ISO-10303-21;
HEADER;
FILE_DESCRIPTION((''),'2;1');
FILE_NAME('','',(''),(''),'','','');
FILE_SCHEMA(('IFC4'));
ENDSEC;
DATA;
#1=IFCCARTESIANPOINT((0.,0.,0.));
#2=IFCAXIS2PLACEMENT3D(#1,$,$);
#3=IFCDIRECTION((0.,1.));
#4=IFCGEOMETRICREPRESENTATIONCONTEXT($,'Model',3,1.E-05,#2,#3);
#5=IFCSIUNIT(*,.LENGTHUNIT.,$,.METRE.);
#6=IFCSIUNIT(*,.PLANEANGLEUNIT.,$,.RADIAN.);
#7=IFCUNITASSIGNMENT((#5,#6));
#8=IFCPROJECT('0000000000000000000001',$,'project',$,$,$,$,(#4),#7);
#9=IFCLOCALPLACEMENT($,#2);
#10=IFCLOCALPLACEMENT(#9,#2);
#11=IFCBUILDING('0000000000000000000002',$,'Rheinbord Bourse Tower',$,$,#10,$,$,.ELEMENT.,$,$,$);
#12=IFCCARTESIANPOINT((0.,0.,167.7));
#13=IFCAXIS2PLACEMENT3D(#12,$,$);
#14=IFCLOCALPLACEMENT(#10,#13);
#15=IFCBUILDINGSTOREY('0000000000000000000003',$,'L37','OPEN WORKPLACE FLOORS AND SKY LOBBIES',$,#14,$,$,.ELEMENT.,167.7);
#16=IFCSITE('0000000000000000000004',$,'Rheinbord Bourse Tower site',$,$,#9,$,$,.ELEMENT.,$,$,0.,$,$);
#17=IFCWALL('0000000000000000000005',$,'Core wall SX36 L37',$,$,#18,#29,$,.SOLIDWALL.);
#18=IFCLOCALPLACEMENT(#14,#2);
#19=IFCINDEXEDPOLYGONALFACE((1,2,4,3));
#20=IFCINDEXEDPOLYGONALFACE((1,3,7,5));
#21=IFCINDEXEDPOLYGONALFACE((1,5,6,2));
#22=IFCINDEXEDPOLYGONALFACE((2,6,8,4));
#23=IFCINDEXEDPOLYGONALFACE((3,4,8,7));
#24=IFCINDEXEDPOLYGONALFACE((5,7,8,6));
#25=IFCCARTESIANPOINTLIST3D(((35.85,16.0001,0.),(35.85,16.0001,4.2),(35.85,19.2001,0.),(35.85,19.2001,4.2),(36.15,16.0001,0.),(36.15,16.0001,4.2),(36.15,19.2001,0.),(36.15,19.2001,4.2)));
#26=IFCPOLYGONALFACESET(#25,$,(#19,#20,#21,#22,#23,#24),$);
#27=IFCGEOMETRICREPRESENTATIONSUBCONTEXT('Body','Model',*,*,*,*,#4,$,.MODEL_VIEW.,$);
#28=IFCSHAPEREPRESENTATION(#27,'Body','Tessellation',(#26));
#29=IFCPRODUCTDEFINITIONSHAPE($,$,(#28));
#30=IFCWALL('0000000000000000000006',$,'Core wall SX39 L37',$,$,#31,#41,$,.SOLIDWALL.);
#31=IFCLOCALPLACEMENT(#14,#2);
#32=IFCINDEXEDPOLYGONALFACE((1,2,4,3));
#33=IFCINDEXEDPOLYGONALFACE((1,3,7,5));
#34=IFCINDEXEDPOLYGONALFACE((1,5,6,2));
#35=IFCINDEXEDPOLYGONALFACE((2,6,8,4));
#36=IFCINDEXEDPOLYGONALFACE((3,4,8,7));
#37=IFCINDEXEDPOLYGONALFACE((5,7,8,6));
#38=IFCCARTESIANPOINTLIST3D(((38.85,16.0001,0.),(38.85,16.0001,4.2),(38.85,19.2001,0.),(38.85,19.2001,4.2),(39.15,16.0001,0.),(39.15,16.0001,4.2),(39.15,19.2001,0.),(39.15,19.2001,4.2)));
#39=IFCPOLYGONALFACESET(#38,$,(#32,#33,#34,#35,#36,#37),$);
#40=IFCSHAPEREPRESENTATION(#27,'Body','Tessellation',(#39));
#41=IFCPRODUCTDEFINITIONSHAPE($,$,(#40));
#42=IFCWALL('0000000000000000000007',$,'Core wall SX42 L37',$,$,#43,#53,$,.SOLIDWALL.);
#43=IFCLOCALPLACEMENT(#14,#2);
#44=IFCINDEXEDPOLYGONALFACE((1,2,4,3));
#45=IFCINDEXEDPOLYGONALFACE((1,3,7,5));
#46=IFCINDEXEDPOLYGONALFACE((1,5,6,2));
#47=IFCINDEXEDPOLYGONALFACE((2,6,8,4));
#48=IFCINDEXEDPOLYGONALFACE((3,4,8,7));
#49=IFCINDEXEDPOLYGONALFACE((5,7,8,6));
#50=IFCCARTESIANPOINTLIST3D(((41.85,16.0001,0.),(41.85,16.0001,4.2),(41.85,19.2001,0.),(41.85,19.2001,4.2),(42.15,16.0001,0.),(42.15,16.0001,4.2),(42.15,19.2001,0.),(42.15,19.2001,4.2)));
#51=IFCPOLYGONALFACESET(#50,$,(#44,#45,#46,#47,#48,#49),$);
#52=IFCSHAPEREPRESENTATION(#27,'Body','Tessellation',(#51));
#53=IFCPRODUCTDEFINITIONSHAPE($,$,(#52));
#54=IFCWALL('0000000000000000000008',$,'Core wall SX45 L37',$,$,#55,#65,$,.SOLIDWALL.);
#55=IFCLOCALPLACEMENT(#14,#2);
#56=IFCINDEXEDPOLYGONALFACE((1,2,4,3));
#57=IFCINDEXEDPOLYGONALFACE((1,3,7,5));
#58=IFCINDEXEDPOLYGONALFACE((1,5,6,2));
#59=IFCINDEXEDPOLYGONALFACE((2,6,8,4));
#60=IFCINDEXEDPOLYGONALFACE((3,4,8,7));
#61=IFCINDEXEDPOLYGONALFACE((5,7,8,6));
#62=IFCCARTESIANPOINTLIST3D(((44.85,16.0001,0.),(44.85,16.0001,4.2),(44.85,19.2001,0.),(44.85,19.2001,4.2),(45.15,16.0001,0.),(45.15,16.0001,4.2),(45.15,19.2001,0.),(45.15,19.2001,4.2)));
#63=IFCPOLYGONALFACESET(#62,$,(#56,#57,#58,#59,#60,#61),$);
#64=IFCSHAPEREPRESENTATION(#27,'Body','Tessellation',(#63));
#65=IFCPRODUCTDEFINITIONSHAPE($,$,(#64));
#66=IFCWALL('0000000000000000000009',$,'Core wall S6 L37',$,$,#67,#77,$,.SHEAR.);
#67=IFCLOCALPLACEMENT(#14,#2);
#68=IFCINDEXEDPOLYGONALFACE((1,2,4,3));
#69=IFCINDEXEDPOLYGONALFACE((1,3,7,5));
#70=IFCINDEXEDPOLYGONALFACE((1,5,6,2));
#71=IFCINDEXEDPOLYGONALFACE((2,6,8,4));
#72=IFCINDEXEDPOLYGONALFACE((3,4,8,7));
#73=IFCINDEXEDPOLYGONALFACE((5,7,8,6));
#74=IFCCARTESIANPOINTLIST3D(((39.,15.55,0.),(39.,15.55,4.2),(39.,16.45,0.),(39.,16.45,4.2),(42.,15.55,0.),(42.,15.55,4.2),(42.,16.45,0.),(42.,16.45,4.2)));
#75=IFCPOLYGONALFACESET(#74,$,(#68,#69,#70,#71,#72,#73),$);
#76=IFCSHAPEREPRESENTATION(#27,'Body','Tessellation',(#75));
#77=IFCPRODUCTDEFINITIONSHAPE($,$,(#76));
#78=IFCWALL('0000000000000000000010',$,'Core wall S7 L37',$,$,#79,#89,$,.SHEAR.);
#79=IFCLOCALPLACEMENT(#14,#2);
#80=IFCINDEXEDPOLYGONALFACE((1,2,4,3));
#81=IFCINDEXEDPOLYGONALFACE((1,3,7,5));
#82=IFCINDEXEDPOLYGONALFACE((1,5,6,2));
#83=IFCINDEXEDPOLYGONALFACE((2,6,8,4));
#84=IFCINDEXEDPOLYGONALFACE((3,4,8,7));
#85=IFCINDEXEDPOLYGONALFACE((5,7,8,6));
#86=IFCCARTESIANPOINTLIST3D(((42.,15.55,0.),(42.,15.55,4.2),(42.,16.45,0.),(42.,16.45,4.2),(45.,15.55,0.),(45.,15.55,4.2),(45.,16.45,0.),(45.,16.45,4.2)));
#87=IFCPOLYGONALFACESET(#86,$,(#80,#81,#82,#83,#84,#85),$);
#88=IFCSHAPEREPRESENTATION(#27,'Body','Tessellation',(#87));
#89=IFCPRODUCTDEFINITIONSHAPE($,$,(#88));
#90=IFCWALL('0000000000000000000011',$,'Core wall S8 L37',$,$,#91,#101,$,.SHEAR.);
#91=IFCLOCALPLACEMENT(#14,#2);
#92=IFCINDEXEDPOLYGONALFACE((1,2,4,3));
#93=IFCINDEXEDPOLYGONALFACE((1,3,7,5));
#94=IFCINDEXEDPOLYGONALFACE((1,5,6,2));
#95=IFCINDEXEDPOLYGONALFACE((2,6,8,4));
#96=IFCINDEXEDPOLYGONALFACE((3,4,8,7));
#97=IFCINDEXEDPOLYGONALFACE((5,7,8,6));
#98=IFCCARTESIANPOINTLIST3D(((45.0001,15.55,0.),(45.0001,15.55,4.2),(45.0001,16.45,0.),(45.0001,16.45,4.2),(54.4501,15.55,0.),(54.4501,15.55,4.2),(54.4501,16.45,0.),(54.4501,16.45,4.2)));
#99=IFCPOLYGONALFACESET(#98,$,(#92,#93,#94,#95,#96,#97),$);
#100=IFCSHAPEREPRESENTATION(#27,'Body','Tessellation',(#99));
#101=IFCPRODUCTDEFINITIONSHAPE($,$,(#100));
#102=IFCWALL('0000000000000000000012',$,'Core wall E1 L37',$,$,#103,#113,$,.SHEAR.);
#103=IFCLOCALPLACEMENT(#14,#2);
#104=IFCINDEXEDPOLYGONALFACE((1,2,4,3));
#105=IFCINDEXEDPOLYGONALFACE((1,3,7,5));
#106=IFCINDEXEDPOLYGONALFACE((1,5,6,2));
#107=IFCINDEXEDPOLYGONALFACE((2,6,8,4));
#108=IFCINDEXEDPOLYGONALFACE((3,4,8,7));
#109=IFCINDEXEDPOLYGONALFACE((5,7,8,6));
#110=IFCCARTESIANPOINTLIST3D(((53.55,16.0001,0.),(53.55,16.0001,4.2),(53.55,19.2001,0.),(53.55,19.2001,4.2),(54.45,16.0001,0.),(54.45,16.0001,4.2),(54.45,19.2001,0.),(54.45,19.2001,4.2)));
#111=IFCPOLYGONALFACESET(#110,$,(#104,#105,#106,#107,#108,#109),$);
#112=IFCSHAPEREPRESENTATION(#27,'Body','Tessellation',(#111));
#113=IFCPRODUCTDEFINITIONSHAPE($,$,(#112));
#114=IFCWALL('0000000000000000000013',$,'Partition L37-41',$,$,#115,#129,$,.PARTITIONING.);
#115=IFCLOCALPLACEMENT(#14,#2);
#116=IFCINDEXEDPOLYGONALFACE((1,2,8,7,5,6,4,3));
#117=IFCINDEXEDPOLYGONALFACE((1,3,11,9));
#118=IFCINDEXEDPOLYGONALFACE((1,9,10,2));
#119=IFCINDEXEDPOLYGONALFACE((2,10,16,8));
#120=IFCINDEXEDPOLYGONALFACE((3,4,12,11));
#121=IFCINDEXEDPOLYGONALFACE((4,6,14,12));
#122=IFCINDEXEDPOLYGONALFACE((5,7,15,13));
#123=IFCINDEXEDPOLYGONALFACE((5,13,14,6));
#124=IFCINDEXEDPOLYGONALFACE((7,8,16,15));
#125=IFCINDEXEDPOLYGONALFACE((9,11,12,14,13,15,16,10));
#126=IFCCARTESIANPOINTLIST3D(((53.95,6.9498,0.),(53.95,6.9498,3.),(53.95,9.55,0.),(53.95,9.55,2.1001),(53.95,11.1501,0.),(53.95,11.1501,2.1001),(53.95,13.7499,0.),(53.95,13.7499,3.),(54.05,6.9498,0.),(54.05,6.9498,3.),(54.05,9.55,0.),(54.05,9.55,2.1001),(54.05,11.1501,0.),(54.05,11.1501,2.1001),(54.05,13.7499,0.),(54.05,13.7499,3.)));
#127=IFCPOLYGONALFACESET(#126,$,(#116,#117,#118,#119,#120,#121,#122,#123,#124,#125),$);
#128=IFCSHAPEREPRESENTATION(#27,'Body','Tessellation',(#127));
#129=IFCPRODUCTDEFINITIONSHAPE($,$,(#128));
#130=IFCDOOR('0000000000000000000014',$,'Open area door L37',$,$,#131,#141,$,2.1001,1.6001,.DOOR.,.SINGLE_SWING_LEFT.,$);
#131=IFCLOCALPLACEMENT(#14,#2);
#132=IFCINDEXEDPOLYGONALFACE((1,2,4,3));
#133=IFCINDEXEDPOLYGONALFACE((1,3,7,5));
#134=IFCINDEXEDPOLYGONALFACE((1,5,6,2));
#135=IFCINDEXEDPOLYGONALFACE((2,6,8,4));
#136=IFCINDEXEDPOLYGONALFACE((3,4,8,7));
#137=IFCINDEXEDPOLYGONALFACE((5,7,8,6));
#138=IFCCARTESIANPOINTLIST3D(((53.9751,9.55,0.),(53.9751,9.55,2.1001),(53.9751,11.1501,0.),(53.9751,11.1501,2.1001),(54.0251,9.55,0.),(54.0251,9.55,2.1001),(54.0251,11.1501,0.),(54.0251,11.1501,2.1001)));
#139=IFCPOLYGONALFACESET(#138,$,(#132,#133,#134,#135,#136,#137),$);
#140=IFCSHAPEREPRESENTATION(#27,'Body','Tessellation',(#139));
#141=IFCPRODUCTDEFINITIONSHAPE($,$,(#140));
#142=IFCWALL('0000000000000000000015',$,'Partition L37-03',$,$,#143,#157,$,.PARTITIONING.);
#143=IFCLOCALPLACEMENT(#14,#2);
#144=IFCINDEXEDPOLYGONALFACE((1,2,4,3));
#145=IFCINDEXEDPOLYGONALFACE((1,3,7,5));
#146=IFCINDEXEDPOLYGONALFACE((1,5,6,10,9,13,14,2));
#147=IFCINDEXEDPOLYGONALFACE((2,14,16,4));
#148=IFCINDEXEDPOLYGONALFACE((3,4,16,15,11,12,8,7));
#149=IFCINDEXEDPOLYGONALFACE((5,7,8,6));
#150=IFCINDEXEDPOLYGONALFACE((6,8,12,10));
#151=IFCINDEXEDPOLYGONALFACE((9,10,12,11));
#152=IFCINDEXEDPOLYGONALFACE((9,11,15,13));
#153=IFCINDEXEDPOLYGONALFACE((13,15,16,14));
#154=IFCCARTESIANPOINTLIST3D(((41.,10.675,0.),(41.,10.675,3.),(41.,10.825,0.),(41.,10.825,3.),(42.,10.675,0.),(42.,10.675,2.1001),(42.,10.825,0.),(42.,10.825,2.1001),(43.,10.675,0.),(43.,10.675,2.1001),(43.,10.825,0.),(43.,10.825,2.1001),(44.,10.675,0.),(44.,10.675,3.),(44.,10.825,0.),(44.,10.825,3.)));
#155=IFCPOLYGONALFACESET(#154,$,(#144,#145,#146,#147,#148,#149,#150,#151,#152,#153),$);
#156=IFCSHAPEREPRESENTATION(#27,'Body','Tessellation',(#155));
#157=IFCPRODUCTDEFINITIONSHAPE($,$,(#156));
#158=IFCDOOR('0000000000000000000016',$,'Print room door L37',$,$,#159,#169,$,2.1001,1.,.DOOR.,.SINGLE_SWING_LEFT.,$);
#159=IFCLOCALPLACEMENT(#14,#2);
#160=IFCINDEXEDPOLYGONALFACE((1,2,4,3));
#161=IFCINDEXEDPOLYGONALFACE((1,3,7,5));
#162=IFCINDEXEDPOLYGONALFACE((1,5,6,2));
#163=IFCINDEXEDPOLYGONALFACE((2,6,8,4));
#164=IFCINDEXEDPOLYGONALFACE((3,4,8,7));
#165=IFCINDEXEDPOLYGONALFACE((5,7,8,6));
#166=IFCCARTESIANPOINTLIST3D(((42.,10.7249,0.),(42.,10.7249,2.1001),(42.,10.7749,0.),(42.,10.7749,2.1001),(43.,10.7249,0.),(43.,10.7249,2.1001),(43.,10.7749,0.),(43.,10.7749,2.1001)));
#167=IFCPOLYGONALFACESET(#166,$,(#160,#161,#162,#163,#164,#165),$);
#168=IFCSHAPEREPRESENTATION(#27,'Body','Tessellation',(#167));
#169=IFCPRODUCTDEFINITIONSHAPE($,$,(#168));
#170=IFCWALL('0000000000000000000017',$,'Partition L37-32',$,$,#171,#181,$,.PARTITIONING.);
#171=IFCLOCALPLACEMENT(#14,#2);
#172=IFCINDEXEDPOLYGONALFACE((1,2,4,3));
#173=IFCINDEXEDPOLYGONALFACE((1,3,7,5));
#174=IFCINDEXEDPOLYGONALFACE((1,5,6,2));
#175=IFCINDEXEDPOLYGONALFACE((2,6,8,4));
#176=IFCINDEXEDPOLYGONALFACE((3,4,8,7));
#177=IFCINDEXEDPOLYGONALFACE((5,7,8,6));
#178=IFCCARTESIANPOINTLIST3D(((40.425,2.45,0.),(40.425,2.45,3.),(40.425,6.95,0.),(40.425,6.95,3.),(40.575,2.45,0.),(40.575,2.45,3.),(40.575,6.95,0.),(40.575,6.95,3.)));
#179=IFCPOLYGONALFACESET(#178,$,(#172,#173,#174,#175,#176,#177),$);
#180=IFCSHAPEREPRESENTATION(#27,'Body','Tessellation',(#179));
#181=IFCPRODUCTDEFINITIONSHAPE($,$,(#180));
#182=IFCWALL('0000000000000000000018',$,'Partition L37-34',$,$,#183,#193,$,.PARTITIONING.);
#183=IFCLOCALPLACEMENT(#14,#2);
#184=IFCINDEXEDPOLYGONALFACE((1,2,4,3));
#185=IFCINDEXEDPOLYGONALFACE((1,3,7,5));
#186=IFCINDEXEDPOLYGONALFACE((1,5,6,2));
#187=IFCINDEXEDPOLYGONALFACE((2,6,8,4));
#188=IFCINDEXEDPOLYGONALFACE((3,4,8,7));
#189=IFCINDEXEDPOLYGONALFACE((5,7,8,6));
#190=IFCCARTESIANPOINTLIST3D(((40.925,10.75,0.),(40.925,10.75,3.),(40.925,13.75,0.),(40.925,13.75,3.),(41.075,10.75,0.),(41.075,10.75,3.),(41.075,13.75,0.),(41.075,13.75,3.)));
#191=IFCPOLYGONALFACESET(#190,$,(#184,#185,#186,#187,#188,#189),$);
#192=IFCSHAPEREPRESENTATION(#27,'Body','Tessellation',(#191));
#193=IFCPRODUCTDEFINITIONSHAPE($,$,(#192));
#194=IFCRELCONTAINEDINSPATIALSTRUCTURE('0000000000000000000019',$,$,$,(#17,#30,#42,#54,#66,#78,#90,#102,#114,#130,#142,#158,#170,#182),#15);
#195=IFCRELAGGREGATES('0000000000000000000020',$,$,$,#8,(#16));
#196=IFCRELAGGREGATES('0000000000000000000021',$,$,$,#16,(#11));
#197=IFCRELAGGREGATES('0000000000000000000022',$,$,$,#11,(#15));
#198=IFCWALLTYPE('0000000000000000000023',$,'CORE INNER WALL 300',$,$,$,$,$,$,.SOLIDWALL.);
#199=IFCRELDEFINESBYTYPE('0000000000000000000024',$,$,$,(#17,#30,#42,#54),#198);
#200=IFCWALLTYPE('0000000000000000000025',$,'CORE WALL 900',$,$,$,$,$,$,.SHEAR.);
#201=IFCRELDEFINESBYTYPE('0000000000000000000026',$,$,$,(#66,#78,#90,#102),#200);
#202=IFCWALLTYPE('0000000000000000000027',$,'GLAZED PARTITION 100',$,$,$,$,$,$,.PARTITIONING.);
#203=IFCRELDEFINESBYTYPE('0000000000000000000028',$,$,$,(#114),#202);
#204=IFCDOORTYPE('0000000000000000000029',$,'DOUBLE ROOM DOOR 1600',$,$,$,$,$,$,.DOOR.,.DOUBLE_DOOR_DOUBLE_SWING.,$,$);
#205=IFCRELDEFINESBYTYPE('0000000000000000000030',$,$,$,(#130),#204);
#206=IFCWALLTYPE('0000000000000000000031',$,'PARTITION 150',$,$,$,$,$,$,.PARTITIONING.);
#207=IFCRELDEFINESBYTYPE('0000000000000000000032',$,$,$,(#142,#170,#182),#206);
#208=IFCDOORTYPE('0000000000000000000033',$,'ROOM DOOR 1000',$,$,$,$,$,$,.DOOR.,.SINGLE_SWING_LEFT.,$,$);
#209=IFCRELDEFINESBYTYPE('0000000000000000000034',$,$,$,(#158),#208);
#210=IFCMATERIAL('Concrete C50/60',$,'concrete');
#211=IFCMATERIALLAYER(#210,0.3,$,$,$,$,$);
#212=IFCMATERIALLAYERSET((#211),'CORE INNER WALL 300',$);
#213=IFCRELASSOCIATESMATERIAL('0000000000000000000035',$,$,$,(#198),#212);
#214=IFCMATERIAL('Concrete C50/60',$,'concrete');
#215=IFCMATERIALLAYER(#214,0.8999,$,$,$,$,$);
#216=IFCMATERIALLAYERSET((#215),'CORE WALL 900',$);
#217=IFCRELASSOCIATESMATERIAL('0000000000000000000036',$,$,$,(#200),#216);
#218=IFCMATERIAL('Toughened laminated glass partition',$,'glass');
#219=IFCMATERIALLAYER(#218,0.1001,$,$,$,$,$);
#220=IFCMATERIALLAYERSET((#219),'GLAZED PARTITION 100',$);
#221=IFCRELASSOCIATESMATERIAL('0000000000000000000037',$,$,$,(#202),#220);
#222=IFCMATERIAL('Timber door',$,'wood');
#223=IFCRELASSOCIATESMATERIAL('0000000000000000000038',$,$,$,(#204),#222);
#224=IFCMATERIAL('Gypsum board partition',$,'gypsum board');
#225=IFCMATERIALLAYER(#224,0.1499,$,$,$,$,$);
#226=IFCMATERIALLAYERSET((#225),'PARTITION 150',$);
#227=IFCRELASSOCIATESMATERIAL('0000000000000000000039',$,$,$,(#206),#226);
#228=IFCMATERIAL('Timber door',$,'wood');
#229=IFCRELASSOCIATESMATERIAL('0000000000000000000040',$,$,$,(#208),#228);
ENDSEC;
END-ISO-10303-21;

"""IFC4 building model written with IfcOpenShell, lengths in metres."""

from ifc_helpers import new_model, si_unit, direction, frame, frame_2d, origin, place, context, subcontext, project, spatial, rectangle, extrude, material, layer, layer_set, type_object, element, fill, save


model = new_model("IFC4")

# Units and contexts
model_context = context("Model", 3, precision=1e-05, world=origin(), true_north=direction((0.0, 1.0)))
body_context = subcontext(model_context, "Body", "Model", "MODEL_VIEW")
ifc_project = project(units=[si_unit("LENGTHUNIT", "METRE"), si_unit("PLANEANGLEUNIT", "RADIAN")], contexts=[model_context])

# Site, building, storey
site_placement = place(None, origin())
site = spatial("IfcSite", under=ifc_project, at=site_placement, Name="Rheinbord Bourse Tower site", CompositionType="ELEMENT", RefElevation=0.0)
building_placement = place(site_placement, origin())
building = spatial("IfcBuilding", under=site, at=building_placement, Name="Rheinbord Bourse Tower", CompositionType="ELEMENT")
storey_placement = place(building_placement, frame((0.0, 0.0, 167.7)))
storey = spatial("IfcBuildingStorey", under=building, at=storey_placement, Name="L37", Description="OPEN WORKPLACE FLOORS AND SKY LOBBIES", CompositionType="ELEMENT", Elevation=167.7)

# Walls
ifc_material_1 = material(Name="Concrete C50/60", Category="concrete")
ifc_layer_1 = layer(ifc_material_1, 0.3)
ifc_layer_set_1 = layer_set([ifc_layer_1], Name="CORE INNER WALL 300")
wall_type_1 = type_object("IfcWallType", Name="CORE INNER WALL 300", PredefinedType="SOLIDWALL", material=ifc_layer_set_1)
for number, where, z_axis, x_axis, name in (
    (1, (36.0, 16.0, 0.0), (0.0, 0.0, 1.0), (0.0, 1.0, 0.0), "Core wall SX36 L37"),
    (2, (39.0, 16.0, 0.0), (0.0, 0.0, 1.0), (0.0, 1.0, 0.0), "Core wall SX39 L37"),
    (3, (42.0, 16.0, 0.0), (0.0, 0.0, 1.0), (0.0, 1.0, 0.0), "Core wall SX42 L37"),
    (4, (45.0, 16.0, 0.0), (0.0, 0.0, 1.0), (0.0, 1.0, 0.0), "Core wall SX45 L37"),
):
    element("IfcWall", number, at=place(storey_placement, frame(where, z_axis=z_axis, x_axis=x_axis)), inside=storey, type_object=wall_type_1, Name=name, PredefinedType="SOLIDWALL", context=body_context, shape_type="SweptSolid", body=[
        extrude(rectangle(XDim=3.2, YDim=0.3, at=frame_2d((1.6001, 0.0))), origin(), (0.0, 0.0, 1.0), 4.2),
    ])
ifc_material_2 = material(Name="Concrete C50/60", Category="concrete")
ifc_layer_2 = layer(ifc_material_2, 0.8999)
ifc_layer_set_2 = layer_set([ifc_layer_2], Name="CORE WALL 900")
wall_type_2 = type_object("IfcWallType", Name="CORE WALL 900", PredefinedType="SHEAR", material=ifc_layer_set_2)
for number, where, z_axis, x_axis, name in (
    (5, (39.0, 16.0, 0.0), (0.0, 0.0, 1.0), (1.0, 0.0, 0.0), "Core wall S6 L37"),
    (6, (42.0, 16.0, 0.0), (0.0, 0.0, 1.0), (1.0, 0.0, 0.0), "Core wall S7 L37"),
):
    element("IfcWall", number, at=place(storey_placement, frame(where, z_axis=z_axis, x_axis=x_axis)), inside=storey, type_object=wall_type_2, Name=name, PredefinedType="SHEAR", context=body_context, shape_type="SweptSolid", body=[
        extrude(rectangle(XDim=3.0, YDim=0.8999, at=frame_2d((1.5, 0.0))), origin(), (0.0, 0.0, 1.0), 4.2),
    ])
wall_1_placement = place(storey_placement, frame((45.0, 16.0, 0.0), z_axis=(0.0, 0.0, 1.0), x_axis=(1.0, 0.0, 0.0)))
element("IfcWall", 7, at=wall_1_placement, inside=storey, type_object=wall_type_2, Name="Core wall S8 L37", PredefinedType="SHEAR", context=body_context, shape_type="SweptSolid", body=[
    extrude(rectangle(XDim=9.45, YDim=0.8999, at=frame_2d((4.7251, 0.0))), origin(), (0.0, 0.0, 1.0), 4.2),
])
wall_2_placement = place(storey_placement, frame((54.0, 16.0, 0.0), z_axis=(0.0, 0.0, 1.0), x_axis=(0.0, 1.0, 0.0)))
element("IfcWall", 8, at=wall_2_placement, inside=storey, type_object=wall_type_2, Name="Core wall E1 L37", PredefinedType="SHEAR", context=body_context, shape_type="SweptSolid", body=[
    extrude(rectangle(XDim=3.2, YDim=0.8999, at=frame_2d((1.6001, 0.0))), origin(), (0.0, 0.0, 1.0), 4.2),
])

# Walls, openings, doors
ifc_material_3 = material(Name="Toughened laminated glass partition", Category="glass")
ifc_layer_3 = layer(ifc_material_3, 0.1001)
ifc_layer_set_3 = layer_set([ifc_layer_3], Name="GLAZED PARTITION 100")
wall_type_3 = type_object("IfcWallType", Name="GLAZED PARTITION 100", PredefinedType="PARTITIONING", material=ifc_layer_set_3)
wall_3_placement = place(storey_placement, frame((54.0, 6.95, 0.0), z_axis=(0.0, 0.0, 1.0), x_axis=(0.0, 1.0, 0.0)))
wall_3 = element("IfcWall", 9, at=wall_3_placement, inside=storey, type_object=wall_type_3, Name="Partition L37-41", PredefinedType="PARTITIONING", context=body_context, shape_type="SweptSolid", body=[
    extrude(rectangle(XDim=6.8, YDim=0.1001, at=frame_2d((3.3999, 0.0))), origin(), (0.0, 0.0, 1.0), 3.0),
])
opening_1_placement = place(wall_3_placement, frame((2.6001, 0.0, 0.0)))
opening_1 = element("IfcOpeningElement", 10, at=opening_1_placement, cuts=wall_3, PredefinedType="OPENING", context=body_context, shape_type="SweptSolid", body=[
    extrude(rectangle(XDim=1.6001, YDim=2.1001, at=frame_2d((0.8, 1.05))), frame((0.0, 0.0601, 0.0), z_axis=(0.0, -1.0, 0.0), x_axis=(1.0, 0.0, 0.0)), (0.0, 0.0, 1.0), 0.1201),
])
ifc_material_4 = material(Name="Timber door", Category="wood")
door_type_1 = type_object("IfcDoorType", Name="DOUBLE ROOM DOOR 1600", OperationType="DOUBLE_DOOR_DOUBLE_SWING", PredefinedType="DOOR", material=ifc_material_4)
door_1_placement = place(opening_1_placement, origin())
door_1 = element("IfcDoor", 11, at=door_1_placement, inside=storey, type_object=door_type_1, Name="Open area door L37", OperationType="SINGLE_SWING_LEFT", OverallHeight=2.1001, OverallWidth=1.6001, PredefinedType="DOOR", context=body_context, shape_type="SweptSolid", body=[
    extrude(rectangle(XDim=1.6001, YDim=2.1001, at=frame_2d((0.8, 1.05))), frame((0.0, 0.0249, 0.0), z_axis=(0.0, -1.0, 0.0), x_axis=(1.0, 0.0, 0.0)), (0.0, 0.0, 1.0), 0.05),
])
fill(opening_1, door_1)
ifc_material_5 = material(Name="Gypsum board partition", Category="gypsum board")
ifc_layer_4 = layer(ifc_material_5, 0.1499)
ifc_layer_set_4 = layer_set([ifc_layer_4], Name="PARTITION 150")
wall_type_4 = type_object("IfcWallType", Name="PARTITION 150", PredefinedType="PARTITIONING", material=ifc_layer_set_4)
wall_4_placement = place(storey_placement, frame((41.0, 10.75, 0.0), z_axis=(0.0, 0.0, 1.0), x_axis=(1.0, 0.0, 0.0)))
wall_4 = element("IfcWall", 12, at=wall_4_placement, inside=storey, type_object=wall_type_4, Name="Partition L37-03", PredefinedType="PARTITIONING", context=body_context, shape_type="SweptSolid", body=[
    extrude(rectangle(XDim=3.0, YDim=0.1499, at=frame_2d((1.5, 0.0))), origin(), (0.0, 0.0, 1.0), 3.0),
])
opening_2_placement = place(wall_4_placement, frame((1.0, 0.0, 0.0)))
opening_2 = element("IfcOpeningElement", 13, at=opening_2_placement, cuts=wall_4, PredefinedType="OPENING", context=body_context, shape_type="SweptSolid", body=[
    extrude(rectangle(XDim=1.0, YDim=2.1001, at=frame_2d((0.5, 1.05))), frame((0.0, 0.085, 0.0), z_axis=(0.0, -1.0, 0.0), x_axis=(1.0, 0.0, 0.0)), (0.0, 0.0, 1.0), 0.1699),
])
ifc_material_6 = material(Name="Timber door", Category="wood")
door_type_2 = type_object("IfcDoorType", Name="ROOM DOOR 1000", OperationType="SINGLE_SWING_LEFT", PredefinedType="DOOR", material=ifc_material_6)
door_2_placement = place(opening_2_placement, origin())
door_2 = element("IfcDoor", 14, at=door_2_placement, inside=storey, type_object=door_type_2, Name="Print room door L37", OperationType="SINGLE_SWING_LEFT", OverallHeight=2.1001, OverallWidth=1.0, PredefinedType="DOOR", context=body_context, shape_type="SweptSolid", body=[
    extrude(rectangle(XDim=1.0, YDim=2.1001, at=frame_2d((0.5, 1.05))), frame((0.0, 0.0249, 0.0), z_axis=(0.0, -1.0, 0.0), x_axis=(1.0, 0.0, 0.0)), (0.0, 0.0, 1.0), 0.05),
])
fill(opening_2, door_2)

# Walls
wall_5_placement = place(storey_placement, frame((40.5, 2.45, 0.0), z_axis=(0.0, 0.0, 1.0), x_axis=(0.0, 1.0, 0.0)))
element("IfcWall", 15, at=wall_5_placement, inside=storey, type_object=wall_type_4, Name="Partition L37-32", PredefinedType="PARTITIONING", context=body_context, shape_type="SweptSolid", body=[
    extrude(rectangle(XDim=4.5, YDim=0.1499, at=frame_2d((2.25, 0.0))), origin(), (0.0, 0.0, 1.0), 3.0),
])
for number, where, z_axis, x_axis, name in (
    (16, (41.0, 10.75, 0.0), (0.0, 0.0, 1.0), (0.0, 1.0, 0.0), "Partition L37-34"),
):
    element("IfcWall", number, at=place(storey_placement, frame(where, z_axis=z_axis, x_axis=x_axis)), inside=storey, type_object=wall_type_4, Name=name, PredefinedType="PARTITIONING", context=body_context, shape_type="SweptSolid", body=[
        extrude(rectangle(XDim=3.0, YDim=0.1499, at=frame_2d((1.5, 0.0))), origin(), (0.0, 0.0, 1.0), 3.0),
    ])

save(model, "model.ifc")
